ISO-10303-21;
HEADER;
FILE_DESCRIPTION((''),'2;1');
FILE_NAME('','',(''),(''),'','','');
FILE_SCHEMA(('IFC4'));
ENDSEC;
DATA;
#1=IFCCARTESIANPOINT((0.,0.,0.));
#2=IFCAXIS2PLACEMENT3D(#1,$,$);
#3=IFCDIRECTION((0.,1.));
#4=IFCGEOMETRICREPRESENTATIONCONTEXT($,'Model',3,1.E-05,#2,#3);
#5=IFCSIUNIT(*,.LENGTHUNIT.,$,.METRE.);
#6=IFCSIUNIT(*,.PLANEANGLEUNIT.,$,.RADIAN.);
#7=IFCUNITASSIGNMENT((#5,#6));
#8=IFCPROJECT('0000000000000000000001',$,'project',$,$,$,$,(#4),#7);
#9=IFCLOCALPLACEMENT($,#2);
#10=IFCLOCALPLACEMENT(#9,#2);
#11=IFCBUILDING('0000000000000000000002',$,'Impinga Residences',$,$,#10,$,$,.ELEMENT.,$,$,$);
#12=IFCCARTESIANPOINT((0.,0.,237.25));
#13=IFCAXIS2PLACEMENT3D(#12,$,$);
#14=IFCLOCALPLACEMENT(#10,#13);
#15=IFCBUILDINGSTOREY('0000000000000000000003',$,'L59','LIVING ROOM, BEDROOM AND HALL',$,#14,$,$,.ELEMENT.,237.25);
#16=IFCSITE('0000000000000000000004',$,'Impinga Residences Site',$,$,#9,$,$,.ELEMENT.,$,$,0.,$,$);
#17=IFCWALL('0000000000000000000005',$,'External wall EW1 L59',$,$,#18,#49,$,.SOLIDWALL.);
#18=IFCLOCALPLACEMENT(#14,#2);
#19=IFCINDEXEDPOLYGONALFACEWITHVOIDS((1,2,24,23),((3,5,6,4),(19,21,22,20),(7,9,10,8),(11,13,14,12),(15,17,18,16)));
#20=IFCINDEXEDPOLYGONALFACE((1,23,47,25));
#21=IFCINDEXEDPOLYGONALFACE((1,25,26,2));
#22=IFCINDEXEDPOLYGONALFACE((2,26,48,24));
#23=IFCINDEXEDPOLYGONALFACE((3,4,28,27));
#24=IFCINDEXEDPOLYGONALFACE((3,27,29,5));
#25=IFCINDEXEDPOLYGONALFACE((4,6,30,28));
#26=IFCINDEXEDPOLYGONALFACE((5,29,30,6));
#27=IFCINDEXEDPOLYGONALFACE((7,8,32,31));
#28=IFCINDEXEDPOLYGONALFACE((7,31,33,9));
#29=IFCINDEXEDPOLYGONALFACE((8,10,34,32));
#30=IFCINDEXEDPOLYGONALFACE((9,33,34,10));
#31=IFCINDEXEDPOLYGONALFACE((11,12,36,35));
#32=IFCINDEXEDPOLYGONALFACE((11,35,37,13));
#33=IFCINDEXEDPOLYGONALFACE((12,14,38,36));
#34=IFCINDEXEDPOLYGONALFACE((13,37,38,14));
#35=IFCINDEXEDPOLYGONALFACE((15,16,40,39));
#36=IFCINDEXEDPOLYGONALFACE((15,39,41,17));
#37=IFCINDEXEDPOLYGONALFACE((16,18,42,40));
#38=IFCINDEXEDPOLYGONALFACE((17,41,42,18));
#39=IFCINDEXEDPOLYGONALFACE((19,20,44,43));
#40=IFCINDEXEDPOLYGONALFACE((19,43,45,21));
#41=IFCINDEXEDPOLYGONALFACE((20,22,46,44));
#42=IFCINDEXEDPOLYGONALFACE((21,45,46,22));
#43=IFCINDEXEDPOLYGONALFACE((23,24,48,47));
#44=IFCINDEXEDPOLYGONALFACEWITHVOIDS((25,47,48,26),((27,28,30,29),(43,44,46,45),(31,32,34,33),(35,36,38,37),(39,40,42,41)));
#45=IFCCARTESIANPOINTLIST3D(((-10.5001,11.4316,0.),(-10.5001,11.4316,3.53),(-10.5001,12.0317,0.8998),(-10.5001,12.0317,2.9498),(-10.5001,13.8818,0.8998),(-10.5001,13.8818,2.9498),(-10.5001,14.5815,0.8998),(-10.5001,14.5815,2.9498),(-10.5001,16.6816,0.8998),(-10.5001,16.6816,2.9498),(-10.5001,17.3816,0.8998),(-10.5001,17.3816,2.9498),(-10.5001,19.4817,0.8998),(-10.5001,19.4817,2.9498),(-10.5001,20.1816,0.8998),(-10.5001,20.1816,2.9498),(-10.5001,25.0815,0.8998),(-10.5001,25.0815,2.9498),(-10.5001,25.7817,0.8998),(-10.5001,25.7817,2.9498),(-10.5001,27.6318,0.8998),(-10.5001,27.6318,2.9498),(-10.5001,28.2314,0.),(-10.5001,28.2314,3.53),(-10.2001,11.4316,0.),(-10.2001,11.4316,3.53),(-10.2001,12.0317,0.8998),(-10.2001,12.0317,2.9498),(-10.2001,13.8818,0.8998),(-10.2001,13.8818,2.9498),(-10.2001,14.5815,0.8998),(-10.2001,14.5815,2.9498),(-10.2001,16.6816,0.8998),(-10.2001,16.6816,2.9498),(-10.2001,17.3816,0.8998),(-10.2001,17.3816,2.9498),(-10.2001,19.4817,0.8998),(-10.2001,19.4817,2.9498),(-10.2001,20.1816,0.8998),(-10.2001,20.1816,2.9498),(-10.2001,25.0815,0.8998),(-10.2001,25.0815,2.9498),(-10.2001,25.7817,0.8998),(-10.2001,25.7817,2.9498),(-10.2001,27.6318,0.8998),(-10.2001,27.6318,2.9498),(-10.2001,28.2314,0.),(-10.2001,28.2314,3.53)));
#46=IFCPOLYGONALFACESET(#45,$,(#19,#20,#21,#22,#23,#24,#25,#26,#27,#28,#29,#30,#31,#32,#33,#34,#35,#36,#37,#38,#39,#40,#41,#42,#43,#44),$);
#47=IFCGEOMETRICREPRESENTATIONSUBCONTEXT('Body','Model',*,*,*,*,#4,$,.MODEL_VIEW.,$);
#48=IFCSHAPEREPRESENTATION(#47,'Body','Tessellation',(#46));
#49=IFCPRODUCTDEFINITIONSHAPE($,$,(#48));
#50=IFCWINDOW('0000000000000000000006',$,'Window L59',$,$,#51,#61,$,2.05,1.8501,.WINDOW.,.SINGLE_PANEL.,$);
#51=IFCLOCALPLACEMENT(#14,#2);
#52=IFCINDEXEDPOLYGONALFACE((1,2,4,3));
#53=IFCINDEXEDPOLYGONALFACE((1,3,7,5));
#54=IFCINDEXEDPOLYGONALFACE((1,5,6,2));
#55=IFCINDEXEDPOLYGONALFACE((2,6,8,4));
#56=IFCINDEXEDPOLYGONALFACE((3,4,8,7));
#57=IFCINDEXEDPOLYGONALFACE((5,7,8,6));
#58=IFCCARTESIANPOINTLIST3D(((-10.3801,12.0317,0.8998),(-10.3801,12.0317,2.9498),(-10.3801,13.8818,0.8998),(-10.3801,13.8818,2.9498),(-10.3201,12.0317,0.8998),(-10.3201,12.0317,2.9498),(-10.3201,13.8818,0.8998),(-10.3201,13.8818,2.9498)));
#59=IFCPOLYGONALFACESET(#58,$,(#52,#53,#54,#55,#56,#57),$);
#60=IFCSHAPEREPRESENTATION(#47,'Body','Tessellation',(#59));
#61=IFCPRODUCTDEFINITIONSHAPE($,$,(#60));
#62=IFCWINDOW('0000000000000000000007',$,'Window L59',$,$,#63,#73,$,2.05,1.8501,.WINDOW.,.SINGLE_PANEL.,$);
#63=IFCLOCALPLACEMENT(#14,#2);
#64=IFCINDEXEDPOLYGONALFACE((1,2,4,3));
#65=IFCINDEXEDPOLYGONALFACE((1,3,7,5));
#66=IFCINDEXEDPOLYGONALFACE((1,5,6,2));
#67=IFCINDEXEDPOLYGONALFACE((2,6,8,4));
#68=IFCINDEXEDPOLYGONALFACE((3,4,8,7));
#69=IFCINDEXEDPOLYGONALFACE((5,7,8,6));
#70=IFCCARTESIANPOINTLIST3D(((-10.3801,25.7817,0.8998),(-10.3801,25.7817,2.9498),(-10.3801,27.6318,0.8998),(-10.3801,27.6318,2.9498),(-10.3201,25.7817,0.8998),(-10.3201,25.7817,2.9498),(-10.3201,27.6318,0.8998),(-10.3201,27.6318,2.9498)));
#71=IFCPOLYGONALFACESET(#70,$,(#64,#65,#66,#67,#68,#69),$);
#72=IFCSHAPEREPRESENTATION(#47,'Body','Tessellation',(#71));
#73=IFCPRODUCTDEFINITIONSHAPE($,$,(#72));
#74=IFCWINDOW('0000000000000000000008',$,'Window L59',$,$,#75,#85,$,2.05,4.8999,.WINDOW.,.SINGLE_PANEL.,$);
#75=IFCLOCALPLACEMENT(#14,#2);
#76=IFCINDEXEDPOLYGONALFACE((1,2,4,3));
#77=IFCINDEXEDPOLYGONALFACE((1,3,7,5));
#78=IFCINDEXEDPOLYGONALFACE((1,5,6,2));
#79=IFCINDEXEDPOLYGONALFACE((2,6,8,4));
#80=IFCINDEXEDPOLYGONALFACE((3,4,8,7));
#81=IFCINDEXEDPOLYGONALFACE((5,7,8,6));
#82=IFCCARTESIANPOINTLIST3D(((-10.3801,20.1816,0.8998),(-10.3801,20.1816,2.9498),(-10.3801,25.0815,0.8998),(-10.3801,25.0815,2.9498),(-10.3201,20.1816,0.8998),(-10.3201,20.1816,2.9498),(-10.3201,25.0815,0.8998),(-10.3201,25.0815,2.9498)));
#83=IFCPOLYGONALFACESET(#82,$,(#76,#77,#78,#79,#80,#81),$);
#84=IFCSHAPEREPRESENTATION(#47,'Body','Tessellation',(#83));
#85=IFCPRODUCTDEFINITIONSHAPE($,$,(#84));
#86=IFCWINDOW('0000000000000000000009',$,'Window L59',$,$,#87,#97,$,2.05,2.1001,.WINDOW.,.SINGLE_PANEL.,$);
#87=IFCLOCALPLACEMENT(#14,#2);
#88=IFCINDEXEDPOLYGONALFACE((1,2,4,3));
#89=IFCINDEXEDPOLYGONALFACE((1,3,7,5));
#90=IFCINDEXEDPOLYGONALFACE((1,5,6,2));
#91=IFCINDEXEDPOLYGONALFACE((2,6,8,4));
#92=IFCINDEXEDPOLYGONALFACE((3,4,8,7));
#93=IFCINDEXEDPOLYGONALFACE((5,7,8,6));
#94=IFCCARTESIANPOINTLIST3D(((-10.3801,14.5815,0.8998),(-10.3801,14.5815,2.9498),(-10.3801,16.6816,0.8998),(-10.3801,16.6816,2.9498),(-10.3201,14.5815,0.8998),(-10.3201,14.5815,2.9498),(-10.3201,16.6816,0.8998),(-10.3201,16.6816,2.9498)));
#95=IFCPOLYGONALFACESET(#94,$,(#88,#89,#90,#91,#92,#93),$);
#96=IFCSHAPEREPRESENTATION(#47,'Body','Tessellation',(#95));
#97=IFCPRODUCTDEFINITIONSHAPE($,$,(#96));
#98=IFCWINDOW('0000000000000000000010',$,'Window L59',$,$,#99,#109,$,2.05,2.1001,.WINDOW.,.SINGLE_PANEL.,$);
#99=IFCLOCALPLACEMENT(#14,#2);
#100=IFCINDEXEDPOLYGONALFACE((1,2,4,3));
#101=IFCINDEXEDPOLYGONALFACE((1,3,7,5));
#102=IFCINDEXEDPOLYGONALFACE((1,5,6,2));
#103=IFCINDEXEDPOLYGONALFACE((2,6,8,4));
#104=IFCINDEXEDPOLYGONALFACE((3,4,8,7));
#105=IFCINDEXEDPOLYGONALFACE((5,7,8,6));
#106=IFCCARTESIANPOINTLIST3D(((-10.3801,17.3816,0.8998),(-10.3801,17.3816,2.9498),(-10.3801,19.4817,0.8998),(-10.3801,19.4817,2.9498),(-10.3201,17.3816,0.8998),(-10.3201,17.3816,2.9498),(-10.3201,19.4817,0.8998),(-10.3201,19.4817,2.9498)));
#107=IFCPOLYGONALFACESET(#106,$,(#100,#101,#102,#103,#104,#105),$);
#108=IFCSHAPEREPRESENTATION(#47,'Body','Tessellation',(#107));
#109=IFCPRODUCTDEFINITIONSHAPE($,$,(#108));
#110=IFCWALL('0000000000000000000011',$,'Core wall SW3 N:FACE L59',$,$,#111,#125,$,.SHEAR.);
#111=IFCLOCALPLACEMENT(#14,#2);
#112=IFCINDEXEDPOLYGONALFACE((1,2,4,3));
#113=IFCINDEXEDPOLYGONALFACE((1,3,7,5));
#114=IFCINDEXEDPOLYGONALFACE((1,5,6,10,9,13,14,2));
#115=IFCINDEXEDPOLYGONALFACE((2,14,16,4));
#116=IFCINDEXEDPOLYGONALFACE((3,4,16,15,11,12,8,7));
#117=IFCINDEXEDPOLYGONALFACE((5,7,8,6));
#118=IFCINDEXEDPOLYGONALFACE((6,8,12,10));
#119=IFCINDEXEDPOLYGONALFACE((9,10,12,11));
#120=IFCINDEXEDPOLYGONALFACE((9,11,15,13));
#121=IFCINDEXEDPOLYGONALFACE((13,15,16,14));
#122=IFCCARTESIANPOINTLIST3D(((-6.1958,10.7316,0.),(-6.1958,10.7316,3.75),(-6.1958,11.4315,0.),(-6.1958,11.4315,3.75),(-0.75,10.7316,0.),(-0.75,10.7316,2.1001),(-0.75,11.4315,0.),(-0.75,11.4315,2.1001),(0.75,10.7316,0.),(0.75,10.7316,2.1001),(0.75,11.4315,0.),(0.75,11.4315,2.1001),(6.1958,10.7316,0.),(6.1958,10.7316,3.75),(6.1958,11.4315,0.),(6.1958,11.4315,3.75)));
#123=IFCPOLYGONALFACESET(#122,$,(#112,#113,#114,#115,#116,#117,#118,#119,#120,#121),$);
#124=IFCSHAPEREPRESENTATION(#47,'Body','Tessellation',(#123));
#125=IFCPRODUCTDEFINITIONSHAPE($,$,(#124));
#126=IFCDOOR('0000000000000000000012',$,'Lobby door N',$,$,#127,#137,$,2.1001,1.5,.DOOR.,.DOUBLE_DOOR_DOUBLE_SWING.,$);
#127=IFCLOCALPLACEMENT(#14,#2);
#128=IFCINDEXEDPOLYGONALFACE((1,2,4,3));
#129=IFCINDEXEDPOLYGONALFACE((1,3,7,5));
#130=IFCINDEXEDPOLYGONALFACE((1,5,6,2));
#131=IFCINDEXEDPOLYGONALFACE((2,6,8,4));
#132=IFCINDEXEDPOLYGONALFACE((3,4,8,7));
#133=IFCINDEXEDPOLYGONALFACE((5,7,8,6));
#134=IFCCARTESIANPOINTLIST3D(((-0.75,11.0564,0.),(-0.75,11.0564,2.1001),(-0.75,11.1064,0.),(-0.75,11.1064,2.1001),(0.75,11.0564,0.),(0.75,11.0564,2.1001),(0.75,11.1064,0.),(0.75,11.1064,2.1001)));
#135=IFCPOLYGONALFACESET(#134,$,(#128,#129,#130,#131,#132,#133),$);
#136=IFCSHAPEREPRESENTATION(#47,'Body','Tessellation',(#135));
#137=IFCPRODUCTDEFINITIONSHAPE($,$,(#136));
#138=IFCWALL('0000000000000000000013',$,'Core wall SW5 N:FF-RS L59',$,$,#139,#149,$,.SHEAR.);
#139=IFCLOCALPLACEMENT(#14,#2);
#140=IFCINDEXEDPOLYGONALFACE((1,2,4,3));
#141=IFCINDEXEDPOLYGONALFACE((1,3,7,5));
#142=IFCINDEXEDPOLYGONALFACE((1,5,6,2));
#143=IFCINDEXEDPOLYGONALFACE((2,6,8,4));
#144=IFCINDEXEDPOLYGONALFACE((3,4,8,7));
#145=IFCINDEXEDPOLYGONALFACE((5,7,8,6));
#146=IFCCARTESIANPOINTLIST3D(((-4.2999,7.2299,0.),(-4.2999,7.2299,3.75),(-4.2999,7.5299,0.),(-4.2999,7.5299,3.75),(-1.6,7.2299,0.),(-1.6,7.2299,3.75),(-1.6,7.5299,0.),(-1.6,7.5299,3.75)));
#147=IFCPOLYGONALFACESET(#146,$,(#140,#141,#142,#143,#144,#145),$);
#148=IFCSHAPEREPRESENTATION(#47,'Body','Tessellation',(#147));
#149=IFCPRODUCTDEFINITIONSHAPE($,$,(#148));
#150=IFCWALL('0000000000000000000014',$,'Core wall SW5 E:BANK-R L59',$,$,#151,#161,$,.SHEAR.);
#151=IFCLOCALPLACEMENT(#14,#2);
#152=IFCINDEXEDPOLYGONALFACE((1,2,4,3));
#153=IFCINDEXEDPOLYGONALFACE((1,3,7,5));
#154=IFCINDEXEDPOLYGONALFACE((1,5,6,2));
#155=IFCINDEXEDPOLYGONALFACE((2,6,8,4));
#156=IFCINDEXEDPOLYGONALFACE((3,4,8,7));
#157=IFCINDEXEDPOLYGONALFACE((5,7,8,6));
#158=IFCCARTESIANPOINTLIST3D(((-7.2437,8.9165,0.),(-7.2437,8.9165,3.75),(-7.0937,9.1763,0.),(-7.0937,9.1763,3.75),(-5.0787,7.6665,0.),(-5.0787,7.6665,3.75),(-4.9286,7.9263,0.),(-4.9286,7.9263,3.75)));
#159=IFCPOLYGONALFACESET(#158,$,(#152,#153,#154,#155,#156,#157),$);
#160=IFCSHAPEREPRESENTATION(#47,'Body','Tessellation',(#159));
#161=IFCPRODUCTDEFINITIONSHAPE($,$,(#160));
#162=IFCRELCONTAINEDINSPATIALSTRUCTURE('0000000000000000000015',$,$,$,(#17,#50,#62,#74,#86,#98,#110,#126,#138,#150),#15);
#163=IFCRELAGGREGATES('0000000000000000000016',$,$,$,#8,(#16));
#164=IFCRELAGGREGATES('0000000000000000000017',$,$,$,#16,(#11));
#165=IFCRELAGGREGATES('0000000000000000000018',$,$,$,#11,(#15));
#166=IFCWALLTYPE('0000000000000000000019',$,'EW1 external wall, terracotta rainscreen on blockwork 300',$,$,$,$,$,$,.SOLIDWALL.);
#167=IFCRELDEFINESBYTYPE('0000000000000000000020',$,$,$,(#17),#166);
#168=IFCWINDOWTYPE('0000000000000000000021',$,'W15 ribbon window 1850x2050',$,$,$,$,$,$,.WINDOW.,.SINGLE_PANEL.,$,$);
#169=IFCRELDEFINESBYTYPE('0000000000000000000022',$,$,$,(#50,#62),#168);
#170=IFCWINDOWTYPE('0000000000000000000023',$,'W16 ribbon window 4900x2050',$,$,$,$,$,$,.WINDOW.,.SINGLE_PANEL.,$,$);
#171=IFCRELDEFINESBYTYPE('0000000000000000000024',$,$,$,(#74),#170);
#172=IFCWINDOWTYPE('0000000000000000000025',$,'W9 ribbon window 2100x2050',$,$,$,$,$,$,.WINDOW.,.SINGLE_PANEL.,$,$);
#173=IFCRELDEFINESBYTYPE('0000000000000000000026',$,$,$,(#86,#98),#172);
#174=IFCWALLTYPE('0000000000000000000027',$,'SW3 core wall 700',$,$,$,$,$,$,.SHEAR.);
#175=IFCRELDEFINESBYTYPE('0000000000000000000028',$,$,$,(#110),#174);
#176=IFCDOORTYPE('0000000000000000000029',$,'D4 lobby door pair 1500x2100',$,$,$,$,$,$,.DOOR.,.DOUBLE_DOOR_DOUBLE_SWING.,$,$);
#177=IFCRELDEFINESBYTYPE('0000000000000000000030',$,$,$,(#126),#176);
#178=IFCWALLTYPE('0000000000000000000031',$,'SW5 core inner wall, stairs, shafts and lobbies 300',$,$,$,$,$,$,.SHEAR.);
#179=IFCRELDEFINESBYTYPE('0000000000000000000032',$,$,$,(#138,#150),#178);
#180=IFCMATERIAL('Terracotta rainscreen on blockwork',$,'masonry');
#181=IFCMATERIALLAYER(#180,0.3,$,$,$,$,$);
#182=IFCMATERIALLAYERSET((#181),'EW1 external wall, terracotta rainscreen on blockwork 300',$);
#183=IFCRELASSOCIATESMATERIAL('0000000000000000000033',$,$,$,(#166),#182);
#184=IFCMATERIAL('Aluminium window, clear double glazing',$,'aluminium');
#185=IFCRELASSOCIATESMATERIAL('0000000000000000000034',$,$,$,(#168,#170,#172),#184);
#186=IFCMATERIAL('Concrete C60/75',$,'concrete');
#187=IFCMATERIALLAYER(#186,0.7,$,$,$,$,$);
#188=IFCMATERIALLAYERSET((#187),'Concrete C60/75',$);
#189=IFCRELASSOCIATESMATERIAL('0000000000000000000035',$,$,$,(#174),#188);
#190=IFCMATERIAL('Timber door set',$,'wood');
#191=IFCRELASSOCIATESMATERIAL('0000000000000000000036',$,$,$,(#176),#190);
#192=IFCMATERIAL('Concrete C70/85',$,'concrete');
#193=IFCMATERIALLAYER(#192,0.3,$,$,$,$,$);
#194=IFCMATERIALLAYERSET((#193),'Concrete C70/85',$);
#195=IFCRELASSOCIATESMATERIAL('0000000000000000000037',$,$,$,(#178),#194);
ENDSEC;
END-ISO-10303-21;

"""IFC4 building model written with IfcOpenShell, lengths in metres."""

from ifc_helpers import new_model, si_unit, direction, frame, frame_2d, origin, place, context, subcontext, project, spatial, rectangle, extrude, material, layer, layer_set, type_object, element, fill, save


model = new_model("IFC4")

# Units and contexts
model_context = context("Model", 3, precision=1e-05, world=origin(), true_north=direction((0.0, 1.0)))
body_context = subcontext(model_context, "Body", "Model", "MODEL_VIEW")
ifc_project = project(units=[si_unit("LENGTHUNIT", "METRE"), si_unit("PLANEANGLEUNIT", "RADIAN")], contexts=[model_context])

# Site, building, storey
site_placement = place(None, origin())
site = spatial("IfcSite", under=ifc_project, at=site_placement, Name="Impinga Residences Site", CompositionType="ELEMENT", RefElevation=0.0)
building_placement = place(site_placement, origin())
building = spatial("IfcBuilding", under=site, at=building_placement, Name="Impinga Residences", CompositionType="ELEMENT")
storey_placement = place(building_placement, frame((0.0, 0.0, 237.25)))
storey = spatial("IfcBuildingStorey", under=building, at=storey_placement, Name="L59", Description="LIVING ROOM, BEDROOM AND HALL", CompositionType="ELEMENT", Elevation=237.25)

# Shared definitions
ifc_material_1 = material(Name="Concrete C60/75", Category="concrete")

# Shared definitions
ifc_material_2 = material(Name="Timber door set", Category="wood")

# Wall, openings, windows
ifc_material_3 = material(Name="Terracotta rainscreen on blockwork", Category="masonry")
ifc_layer_1 = layer(ifc_material_3, 0.3)
ifc_layer_set_1 = layer_set([ifc_layer_1], Name="EW1 external wall, terracotta rainscreen on blockwork 300")
wall_type_1 = type_object("IfcWallType", Name="EW1 external wall, terracotta rainscreen on blockwork 300", PredefinedType="SOLIDWALL", material=ifc_layer_set_1)
wall_1_placement = place(storey_placement, frame((-10.3501, 11.4316, 0.0), z_axis=(0.0, 0.0, 1.0), x_axis=(0.0, 1.0, 0.0)))
wall_1 = element("IfcWall", 1, at=wall_1_placement, inside=storey, type_object=wall_type_1, Name="External wall EW1 L59", PredefinedType="SOLIDWALL", context=body_context, shape_type="SweptSolid", body=[
    extrude(rectangle(XDim=16.7998, YDim=0.3, at=frame_2d((8.3999, 0.0))), origin(), (0.0, 0.0, 1.0), 3.53),
])
opening_1_placement = place(wall_1_placement, frame((0.6001, 0.0, 0.8999)))
opening_1 = element("IfcOpeningElement", 2, at=opening_1_placement, cuts=wall_1, PredefinedType="OPENING", context=body_context, shape_type="SweptSolid", body=[
    extrude(rectangle(XDim=1.8501, YDim=2.05, at=frame_2d((0.925, 1.0249))), frame((0.0, 0.1599, 0.0), z_axis=(0.0, -1.0, 0.0), x_axis=(1.0, 0.0, 0.0)), (0.0, 0.0, 1.0), 0.3201),
])
opening_2_placement = place(wall_1_placement, frame((3.1499, 0.0, 0.8999)))
opening_2 = element("IfcOpeningElement", 3, at=opening_2_placement, cuts=wall_1, PredefinedType="OPENING", context=body_context, shape_type="SweptSolid", body=[
    extrude(rectangle(XDim=2.1001, YDim=2.05, at=frame_2d((1.05, 1.0249))), frame((0.0, 0.1599, 0.0), z_axis=(0.0, -1.0, 0.0), x_axis=(1.0, 0.0, 0.0)), (0.0, 0.0, 1.0), 0.3201),
])
opening_3_placement = place(wall_1_placement, frame((5.95, 0.0, 0.8999)))
opening_3 = element("IfcOpeningElement", 4, at=opening_3_placement, cuts=wall_1, PredefinedType="OPENING", context=body_context, shape_type="SweptSolid", body=[
    extrude(rectangle(XDim=2.1001, YDim=2.05, at=frame_2d((1.05, 1.0249))), frame((0.0, 0.1599, 0.0), z_axis=(0.0, -1.0, 0.0), x_axis=(1.0, 0.0, 0.0)), (0.0, 0.0, 1.0), 0.3201),
])
opening_4_placement = place(wall_1_placement, frame((8.75, 0.0, 0.8999)))
opening_4 = element("IfcOpeningElement", 5, at=opening_4_placement, cuts=wall_1, PredefinedType="OPENING", context=body_context, shape_type="SweptSolid", body=[
    extrude(rectangle(XDim=4.8999, YDim=2.05, at=frame_2d((2.45, 1.0249))), frame((0.0, 0.1599, 0.0), z_axis=(0.0, -1.0, 0.0), x_axis=(1.0, 0.0, 0.0)), (0.0, 0.0, 1.0), 0.3201),
])
opening_5_placement = place(wall_1_placement, frame((14.3501, 0.0, 0.8999)))
opening_5 = element("IfcOpeningElement", 6, at=opening_5_placement, cuts=wall_1, PredefinedType="OPENING", context=body_context, shape_type="SweptSolid", body=[
    extrude(rectangle(XDim=1.8501, YDim=2.05, at=frame_2d((0.925, 1.0249))), frame((0.0, 0.1599, 0.0), z_axis=(0.0, -1.0, 0.0), x_axis=(1.0, 0.0, 0.0)), (0.0, 0.0, 1.0), 0.3201),
])
ifc_material_4 = material(Name="Aluminium window, clear double glazing", Category="aluminium")
window_type_1 = type_object("IfcWindowType", Name="W15 ribbon window 1850x2050", PartitioningType="SINGLE_PANEL", PredefinedType="WINDOW", material=ifc_material_4)
window_1_placement = place(opening_1_placement, origin())
window_1 = element("IfcWindow", 7, at=window_1_placement, inside=storey, type_object=window_type_1, Name="Window L59", OverallHeight=2.05, OverallWidth=1.8501, PartitioningType="SINGLE_PANEL", PredefinedType="WINDOW", context=body_context, shape_type="SweptSolid", body=[
    extrude(rectangle(XDim=1.8501, YDim=2.05, at=frame_2d((0.925, 1.0249))), frame((0.0, 0.03, 0.0), z_axis=(0.0, -1.0, 0.0), x_axis=(1.0, 0.0, 0.0)), (0.0, 0.0, 1.0), 0.0601),
])
fill(opening_1, window_1)
window_2_placement = place(opening_5_placement, origin())
window_2 = element("IfcWindow", 8, at=window_2_placement, inside=storey, type_object=window_type_1, Name="Window L59", OverallHeight=2.05, OverallWidth=1.8501, PartitioningType="SINGLE_PANEL", PredefinedType="WINDOW", context=body_context, shape_type="SweptSolid", body=[
    extrude(rectangle(XDim=1.8501, YDim=2.05, at=frame_2d((0.925, 1.0249))), frame((0.0, 0.03, 0.0), z_axis=(0.0, -1.0, 0.0), x_axis=(1.0, 0.0, 0.0)), (0.0, 0.0, 1.0), 0.0601),
])
fill(opening_5, window_2)
window_type_2 = type_object("IfcWindowType", Name="W16 ribbon window 4900x2050", PartitioningType="SINGLE_PANEL", PredefinedType="WINDOW", material=ifc_material_4)
window_3_placement = place(opening_4_placement, origin())
window_3 = element("IfcWindow", 9, at=window_3_placement, inside=storey, type_object=window_type_2, Name="Window L59", OverallHeight=2.05, OverallWidth=4.8999, PartitioningType="SINGLE_PANEL", PredefinedType="WINDOW", context=body_context, shape_type="SweptSolid", body=[
    extrude(rectangle(XDim=4.8999, YDim=2.05, at=frame_2d((2.45, 1.0249))), frame((0.0, 0.03, 0.0), z_axis=(0.0, -1.0, 0.0), x_axis=(1.0, 0.0, 0.0)), (0.0, 0.0, 1.0), 0.0601),
])
fill(opening_4, window_3)
window_type_3 = type_object("IfcWindowType", Name="W9 ribbon window 2100x2050", PartitioningType="SINGLE_PANEL", PredefinedType="WINDOW", material=ifc_material_4)
window_4_placement = place(opening_2_placement, origin())
window_4 = element("IfcWindow", 10, at=window_4_placement, inside=storey, type_object=window_type_3, Name="Window L59", OverallHeight=2.05, OverallWidth=2.1001, PartitioningType="SINGLE_PANEL", PredefinedType="WINDOW", context=body_context, shape_type="SweptSolid", body=[
    extrude(rectangle(XDim=2.1001, YDim=2.05, at=frame_2d((1.05, 1.0249))), frame((0.0, 0.03, 0.0), z_axis=(0.0, -1.0, 0.0), x_axis=(1.0, 0.0, 0.0)), (0.0, 0.0, 1.0), 0.0601),
])
fill(opening_2, window_4)
window_5_placement = place(opening_3_placement, origin())
window_5 = element("IfcWindow", 11, at=window_5_placement, inside=storey, type_object=window_type_3, Name="Window L59", OverallHeight=2.05, OverallWidth=2.1001, PartitioningType="SINGLE_PANEL", PredefinedType="WINDOW", context=body_context, shape_type="SweptSolid", body=[
    extrude(rectangle(XDim=2.1001, YDim=2.05, at=frame_2d((1.05, 1.0249))), frame((0.0, 0.03, 0.0), z_axis=(0.0, -1.0, 0.0), x_axis=(1.0, 0.0, 0.0)), (0.0, 0.0, 1.0), 0.0601),
])
fill(opening_3, window_5)

# Wall, opening, door
ifc_layer_2 = layer(ifc_material_1, 0.7)
ifc_layer_set_2 = layer_set([ifc_layer_2], Name="Concrete C60/75")
wall_type_2 = type_object("IfcWallType", Name="SW3 core wall 700", PredefinedType="SHEAR", material=ifc_layer_set_2)
wall_2_placement = place(storey_placement, frame((-6.1958, 11.0815, 0.0), z_axis=(0.0, 0.0, 1.0), x_axis=(1.0, 0.0, 0.0)))
wall_2 = element("IfcWall", 12, at=wall_2_placement, inside=storey, type_object=wall_type_2, Name="Core wall SW3 N:FACE L59", PredefinedType="SHEAR", context=body_context, shape_type="SweptSolid", body=[
    extrude(rectangle(XDim=12.3916, YDim=0.7, at=frame_2d((6.1958, 0.0))), origin(), (0.0, 0.0, 1.0), 3.75),
])
opening_6_placement = place(wall_2_placement, frame((5.4458, 0.0, 0.0)))
opening_6 = element("IfcOpeningElement", 13, at=opening_6_placement, cuts=wall_2, PredefinedType="OPENING", context=body_context, shape_type="SweptSolid", body=[
    extrude(rectangle(XDim=1.5, YDim=2.1001, at=frame_2d((0.75, 1.05))), frame((0.0, 0.3599, 0.0), z_axis=(0.0, -1.0, 0.0), x_axis=(1.0, 0.0, 0.0)), (0.0, 0.0, 1.0), 0.72),
])
door_type_1 = type_object("IfcDoorType", Name="D4 lobby door pair 1500x2100", OperationType="DOUBLE_DOOR_DOUBLE_SWING", PredefinedType="DOOR", material=ifc_material_2)
door_1_placement = place(opening_6_placement, origin())
door_1 = element("IfcDoor", 14, at=door_1_placement, inside=storey, type_object=door_type_1, Name="Lobby door N", OperationType="DOUBLE_DOOR_DOUBLE_SWING", OverallHeight=2.1001, OverallWidth=1.5, PredefinedType="DOOR", context=body_context, shape_type="SweptSolid", body=[
    extrude(rectangle(XDim=1.5, YDim=2.1001, at=frame_2d((0.75, 1.05))), frame((0.0, 0.0249, 0.0), z_axis=(0.0, -1.0, 0.0), x_axis=(1.0, 0.0, 0.0)), (0.0, 0.0, 1.0), 0.05),
])
fill(opening_6, door_1)

# Walls
ifc_material_5 = material(Name="Concrete C70/85", Category="concrete")
ifc_layer_3 = layer(ifc_material_5, 0.3)
ifc_layer_set_3 = layer_set([ifc_layer_3], Name="Concrete C70/85")
wall_type_3 = type_object("IfcWallType", Name="SW5 core inner wall, stairs, shafts and lobbies 300", PredefinedType="SHEAR", material=ifc_layer_set_3)
wall_3_placement = place(storey_placement, frame((-4.3, 7.3799, 0.0), z_axis=(0.0, 0.0, 1.0), x_axis=(1.0, 0.0, 0.0)))
element("IfcWall", 15, at=wall_3_placement, inside=storey, type_object=wall_type_3, Name="Core wall SW5 N:FF-RS L59", PredefinedType="SHEAR", context=body_context, shape_type="SweptSolid", body=[
    extrude(rectangle(XDim=2.7, YDim=0.3, at=frame_2d((1.3501, 0.0))), origin(), (0.0, 0.0, 1.0), 3.75),
])
wall_4_placement = place(storey_placement, frame((-5.0037, 7.7964, 0.0), z_axis=(0.0, 0.0, 1.0), x_axis=(-0.866023, 0.500004, 0.0)))
element("IfcWall", 16, at=wall_4_placement, inside=storey, type_object=wall_type_3, Name="Core wall SW5 E:BANK-R L59", PredefinedType="SHEAR", context=body_context, shape_type="SweptSolid", body=[
    extrude(rectangle(XDim=2.5, YDim=0.3, at=frame_2d((1.25, 0.0))), origin(), (0.0, 0.0, 1.0), 3.75),
])

save(model, "model.ifc")
